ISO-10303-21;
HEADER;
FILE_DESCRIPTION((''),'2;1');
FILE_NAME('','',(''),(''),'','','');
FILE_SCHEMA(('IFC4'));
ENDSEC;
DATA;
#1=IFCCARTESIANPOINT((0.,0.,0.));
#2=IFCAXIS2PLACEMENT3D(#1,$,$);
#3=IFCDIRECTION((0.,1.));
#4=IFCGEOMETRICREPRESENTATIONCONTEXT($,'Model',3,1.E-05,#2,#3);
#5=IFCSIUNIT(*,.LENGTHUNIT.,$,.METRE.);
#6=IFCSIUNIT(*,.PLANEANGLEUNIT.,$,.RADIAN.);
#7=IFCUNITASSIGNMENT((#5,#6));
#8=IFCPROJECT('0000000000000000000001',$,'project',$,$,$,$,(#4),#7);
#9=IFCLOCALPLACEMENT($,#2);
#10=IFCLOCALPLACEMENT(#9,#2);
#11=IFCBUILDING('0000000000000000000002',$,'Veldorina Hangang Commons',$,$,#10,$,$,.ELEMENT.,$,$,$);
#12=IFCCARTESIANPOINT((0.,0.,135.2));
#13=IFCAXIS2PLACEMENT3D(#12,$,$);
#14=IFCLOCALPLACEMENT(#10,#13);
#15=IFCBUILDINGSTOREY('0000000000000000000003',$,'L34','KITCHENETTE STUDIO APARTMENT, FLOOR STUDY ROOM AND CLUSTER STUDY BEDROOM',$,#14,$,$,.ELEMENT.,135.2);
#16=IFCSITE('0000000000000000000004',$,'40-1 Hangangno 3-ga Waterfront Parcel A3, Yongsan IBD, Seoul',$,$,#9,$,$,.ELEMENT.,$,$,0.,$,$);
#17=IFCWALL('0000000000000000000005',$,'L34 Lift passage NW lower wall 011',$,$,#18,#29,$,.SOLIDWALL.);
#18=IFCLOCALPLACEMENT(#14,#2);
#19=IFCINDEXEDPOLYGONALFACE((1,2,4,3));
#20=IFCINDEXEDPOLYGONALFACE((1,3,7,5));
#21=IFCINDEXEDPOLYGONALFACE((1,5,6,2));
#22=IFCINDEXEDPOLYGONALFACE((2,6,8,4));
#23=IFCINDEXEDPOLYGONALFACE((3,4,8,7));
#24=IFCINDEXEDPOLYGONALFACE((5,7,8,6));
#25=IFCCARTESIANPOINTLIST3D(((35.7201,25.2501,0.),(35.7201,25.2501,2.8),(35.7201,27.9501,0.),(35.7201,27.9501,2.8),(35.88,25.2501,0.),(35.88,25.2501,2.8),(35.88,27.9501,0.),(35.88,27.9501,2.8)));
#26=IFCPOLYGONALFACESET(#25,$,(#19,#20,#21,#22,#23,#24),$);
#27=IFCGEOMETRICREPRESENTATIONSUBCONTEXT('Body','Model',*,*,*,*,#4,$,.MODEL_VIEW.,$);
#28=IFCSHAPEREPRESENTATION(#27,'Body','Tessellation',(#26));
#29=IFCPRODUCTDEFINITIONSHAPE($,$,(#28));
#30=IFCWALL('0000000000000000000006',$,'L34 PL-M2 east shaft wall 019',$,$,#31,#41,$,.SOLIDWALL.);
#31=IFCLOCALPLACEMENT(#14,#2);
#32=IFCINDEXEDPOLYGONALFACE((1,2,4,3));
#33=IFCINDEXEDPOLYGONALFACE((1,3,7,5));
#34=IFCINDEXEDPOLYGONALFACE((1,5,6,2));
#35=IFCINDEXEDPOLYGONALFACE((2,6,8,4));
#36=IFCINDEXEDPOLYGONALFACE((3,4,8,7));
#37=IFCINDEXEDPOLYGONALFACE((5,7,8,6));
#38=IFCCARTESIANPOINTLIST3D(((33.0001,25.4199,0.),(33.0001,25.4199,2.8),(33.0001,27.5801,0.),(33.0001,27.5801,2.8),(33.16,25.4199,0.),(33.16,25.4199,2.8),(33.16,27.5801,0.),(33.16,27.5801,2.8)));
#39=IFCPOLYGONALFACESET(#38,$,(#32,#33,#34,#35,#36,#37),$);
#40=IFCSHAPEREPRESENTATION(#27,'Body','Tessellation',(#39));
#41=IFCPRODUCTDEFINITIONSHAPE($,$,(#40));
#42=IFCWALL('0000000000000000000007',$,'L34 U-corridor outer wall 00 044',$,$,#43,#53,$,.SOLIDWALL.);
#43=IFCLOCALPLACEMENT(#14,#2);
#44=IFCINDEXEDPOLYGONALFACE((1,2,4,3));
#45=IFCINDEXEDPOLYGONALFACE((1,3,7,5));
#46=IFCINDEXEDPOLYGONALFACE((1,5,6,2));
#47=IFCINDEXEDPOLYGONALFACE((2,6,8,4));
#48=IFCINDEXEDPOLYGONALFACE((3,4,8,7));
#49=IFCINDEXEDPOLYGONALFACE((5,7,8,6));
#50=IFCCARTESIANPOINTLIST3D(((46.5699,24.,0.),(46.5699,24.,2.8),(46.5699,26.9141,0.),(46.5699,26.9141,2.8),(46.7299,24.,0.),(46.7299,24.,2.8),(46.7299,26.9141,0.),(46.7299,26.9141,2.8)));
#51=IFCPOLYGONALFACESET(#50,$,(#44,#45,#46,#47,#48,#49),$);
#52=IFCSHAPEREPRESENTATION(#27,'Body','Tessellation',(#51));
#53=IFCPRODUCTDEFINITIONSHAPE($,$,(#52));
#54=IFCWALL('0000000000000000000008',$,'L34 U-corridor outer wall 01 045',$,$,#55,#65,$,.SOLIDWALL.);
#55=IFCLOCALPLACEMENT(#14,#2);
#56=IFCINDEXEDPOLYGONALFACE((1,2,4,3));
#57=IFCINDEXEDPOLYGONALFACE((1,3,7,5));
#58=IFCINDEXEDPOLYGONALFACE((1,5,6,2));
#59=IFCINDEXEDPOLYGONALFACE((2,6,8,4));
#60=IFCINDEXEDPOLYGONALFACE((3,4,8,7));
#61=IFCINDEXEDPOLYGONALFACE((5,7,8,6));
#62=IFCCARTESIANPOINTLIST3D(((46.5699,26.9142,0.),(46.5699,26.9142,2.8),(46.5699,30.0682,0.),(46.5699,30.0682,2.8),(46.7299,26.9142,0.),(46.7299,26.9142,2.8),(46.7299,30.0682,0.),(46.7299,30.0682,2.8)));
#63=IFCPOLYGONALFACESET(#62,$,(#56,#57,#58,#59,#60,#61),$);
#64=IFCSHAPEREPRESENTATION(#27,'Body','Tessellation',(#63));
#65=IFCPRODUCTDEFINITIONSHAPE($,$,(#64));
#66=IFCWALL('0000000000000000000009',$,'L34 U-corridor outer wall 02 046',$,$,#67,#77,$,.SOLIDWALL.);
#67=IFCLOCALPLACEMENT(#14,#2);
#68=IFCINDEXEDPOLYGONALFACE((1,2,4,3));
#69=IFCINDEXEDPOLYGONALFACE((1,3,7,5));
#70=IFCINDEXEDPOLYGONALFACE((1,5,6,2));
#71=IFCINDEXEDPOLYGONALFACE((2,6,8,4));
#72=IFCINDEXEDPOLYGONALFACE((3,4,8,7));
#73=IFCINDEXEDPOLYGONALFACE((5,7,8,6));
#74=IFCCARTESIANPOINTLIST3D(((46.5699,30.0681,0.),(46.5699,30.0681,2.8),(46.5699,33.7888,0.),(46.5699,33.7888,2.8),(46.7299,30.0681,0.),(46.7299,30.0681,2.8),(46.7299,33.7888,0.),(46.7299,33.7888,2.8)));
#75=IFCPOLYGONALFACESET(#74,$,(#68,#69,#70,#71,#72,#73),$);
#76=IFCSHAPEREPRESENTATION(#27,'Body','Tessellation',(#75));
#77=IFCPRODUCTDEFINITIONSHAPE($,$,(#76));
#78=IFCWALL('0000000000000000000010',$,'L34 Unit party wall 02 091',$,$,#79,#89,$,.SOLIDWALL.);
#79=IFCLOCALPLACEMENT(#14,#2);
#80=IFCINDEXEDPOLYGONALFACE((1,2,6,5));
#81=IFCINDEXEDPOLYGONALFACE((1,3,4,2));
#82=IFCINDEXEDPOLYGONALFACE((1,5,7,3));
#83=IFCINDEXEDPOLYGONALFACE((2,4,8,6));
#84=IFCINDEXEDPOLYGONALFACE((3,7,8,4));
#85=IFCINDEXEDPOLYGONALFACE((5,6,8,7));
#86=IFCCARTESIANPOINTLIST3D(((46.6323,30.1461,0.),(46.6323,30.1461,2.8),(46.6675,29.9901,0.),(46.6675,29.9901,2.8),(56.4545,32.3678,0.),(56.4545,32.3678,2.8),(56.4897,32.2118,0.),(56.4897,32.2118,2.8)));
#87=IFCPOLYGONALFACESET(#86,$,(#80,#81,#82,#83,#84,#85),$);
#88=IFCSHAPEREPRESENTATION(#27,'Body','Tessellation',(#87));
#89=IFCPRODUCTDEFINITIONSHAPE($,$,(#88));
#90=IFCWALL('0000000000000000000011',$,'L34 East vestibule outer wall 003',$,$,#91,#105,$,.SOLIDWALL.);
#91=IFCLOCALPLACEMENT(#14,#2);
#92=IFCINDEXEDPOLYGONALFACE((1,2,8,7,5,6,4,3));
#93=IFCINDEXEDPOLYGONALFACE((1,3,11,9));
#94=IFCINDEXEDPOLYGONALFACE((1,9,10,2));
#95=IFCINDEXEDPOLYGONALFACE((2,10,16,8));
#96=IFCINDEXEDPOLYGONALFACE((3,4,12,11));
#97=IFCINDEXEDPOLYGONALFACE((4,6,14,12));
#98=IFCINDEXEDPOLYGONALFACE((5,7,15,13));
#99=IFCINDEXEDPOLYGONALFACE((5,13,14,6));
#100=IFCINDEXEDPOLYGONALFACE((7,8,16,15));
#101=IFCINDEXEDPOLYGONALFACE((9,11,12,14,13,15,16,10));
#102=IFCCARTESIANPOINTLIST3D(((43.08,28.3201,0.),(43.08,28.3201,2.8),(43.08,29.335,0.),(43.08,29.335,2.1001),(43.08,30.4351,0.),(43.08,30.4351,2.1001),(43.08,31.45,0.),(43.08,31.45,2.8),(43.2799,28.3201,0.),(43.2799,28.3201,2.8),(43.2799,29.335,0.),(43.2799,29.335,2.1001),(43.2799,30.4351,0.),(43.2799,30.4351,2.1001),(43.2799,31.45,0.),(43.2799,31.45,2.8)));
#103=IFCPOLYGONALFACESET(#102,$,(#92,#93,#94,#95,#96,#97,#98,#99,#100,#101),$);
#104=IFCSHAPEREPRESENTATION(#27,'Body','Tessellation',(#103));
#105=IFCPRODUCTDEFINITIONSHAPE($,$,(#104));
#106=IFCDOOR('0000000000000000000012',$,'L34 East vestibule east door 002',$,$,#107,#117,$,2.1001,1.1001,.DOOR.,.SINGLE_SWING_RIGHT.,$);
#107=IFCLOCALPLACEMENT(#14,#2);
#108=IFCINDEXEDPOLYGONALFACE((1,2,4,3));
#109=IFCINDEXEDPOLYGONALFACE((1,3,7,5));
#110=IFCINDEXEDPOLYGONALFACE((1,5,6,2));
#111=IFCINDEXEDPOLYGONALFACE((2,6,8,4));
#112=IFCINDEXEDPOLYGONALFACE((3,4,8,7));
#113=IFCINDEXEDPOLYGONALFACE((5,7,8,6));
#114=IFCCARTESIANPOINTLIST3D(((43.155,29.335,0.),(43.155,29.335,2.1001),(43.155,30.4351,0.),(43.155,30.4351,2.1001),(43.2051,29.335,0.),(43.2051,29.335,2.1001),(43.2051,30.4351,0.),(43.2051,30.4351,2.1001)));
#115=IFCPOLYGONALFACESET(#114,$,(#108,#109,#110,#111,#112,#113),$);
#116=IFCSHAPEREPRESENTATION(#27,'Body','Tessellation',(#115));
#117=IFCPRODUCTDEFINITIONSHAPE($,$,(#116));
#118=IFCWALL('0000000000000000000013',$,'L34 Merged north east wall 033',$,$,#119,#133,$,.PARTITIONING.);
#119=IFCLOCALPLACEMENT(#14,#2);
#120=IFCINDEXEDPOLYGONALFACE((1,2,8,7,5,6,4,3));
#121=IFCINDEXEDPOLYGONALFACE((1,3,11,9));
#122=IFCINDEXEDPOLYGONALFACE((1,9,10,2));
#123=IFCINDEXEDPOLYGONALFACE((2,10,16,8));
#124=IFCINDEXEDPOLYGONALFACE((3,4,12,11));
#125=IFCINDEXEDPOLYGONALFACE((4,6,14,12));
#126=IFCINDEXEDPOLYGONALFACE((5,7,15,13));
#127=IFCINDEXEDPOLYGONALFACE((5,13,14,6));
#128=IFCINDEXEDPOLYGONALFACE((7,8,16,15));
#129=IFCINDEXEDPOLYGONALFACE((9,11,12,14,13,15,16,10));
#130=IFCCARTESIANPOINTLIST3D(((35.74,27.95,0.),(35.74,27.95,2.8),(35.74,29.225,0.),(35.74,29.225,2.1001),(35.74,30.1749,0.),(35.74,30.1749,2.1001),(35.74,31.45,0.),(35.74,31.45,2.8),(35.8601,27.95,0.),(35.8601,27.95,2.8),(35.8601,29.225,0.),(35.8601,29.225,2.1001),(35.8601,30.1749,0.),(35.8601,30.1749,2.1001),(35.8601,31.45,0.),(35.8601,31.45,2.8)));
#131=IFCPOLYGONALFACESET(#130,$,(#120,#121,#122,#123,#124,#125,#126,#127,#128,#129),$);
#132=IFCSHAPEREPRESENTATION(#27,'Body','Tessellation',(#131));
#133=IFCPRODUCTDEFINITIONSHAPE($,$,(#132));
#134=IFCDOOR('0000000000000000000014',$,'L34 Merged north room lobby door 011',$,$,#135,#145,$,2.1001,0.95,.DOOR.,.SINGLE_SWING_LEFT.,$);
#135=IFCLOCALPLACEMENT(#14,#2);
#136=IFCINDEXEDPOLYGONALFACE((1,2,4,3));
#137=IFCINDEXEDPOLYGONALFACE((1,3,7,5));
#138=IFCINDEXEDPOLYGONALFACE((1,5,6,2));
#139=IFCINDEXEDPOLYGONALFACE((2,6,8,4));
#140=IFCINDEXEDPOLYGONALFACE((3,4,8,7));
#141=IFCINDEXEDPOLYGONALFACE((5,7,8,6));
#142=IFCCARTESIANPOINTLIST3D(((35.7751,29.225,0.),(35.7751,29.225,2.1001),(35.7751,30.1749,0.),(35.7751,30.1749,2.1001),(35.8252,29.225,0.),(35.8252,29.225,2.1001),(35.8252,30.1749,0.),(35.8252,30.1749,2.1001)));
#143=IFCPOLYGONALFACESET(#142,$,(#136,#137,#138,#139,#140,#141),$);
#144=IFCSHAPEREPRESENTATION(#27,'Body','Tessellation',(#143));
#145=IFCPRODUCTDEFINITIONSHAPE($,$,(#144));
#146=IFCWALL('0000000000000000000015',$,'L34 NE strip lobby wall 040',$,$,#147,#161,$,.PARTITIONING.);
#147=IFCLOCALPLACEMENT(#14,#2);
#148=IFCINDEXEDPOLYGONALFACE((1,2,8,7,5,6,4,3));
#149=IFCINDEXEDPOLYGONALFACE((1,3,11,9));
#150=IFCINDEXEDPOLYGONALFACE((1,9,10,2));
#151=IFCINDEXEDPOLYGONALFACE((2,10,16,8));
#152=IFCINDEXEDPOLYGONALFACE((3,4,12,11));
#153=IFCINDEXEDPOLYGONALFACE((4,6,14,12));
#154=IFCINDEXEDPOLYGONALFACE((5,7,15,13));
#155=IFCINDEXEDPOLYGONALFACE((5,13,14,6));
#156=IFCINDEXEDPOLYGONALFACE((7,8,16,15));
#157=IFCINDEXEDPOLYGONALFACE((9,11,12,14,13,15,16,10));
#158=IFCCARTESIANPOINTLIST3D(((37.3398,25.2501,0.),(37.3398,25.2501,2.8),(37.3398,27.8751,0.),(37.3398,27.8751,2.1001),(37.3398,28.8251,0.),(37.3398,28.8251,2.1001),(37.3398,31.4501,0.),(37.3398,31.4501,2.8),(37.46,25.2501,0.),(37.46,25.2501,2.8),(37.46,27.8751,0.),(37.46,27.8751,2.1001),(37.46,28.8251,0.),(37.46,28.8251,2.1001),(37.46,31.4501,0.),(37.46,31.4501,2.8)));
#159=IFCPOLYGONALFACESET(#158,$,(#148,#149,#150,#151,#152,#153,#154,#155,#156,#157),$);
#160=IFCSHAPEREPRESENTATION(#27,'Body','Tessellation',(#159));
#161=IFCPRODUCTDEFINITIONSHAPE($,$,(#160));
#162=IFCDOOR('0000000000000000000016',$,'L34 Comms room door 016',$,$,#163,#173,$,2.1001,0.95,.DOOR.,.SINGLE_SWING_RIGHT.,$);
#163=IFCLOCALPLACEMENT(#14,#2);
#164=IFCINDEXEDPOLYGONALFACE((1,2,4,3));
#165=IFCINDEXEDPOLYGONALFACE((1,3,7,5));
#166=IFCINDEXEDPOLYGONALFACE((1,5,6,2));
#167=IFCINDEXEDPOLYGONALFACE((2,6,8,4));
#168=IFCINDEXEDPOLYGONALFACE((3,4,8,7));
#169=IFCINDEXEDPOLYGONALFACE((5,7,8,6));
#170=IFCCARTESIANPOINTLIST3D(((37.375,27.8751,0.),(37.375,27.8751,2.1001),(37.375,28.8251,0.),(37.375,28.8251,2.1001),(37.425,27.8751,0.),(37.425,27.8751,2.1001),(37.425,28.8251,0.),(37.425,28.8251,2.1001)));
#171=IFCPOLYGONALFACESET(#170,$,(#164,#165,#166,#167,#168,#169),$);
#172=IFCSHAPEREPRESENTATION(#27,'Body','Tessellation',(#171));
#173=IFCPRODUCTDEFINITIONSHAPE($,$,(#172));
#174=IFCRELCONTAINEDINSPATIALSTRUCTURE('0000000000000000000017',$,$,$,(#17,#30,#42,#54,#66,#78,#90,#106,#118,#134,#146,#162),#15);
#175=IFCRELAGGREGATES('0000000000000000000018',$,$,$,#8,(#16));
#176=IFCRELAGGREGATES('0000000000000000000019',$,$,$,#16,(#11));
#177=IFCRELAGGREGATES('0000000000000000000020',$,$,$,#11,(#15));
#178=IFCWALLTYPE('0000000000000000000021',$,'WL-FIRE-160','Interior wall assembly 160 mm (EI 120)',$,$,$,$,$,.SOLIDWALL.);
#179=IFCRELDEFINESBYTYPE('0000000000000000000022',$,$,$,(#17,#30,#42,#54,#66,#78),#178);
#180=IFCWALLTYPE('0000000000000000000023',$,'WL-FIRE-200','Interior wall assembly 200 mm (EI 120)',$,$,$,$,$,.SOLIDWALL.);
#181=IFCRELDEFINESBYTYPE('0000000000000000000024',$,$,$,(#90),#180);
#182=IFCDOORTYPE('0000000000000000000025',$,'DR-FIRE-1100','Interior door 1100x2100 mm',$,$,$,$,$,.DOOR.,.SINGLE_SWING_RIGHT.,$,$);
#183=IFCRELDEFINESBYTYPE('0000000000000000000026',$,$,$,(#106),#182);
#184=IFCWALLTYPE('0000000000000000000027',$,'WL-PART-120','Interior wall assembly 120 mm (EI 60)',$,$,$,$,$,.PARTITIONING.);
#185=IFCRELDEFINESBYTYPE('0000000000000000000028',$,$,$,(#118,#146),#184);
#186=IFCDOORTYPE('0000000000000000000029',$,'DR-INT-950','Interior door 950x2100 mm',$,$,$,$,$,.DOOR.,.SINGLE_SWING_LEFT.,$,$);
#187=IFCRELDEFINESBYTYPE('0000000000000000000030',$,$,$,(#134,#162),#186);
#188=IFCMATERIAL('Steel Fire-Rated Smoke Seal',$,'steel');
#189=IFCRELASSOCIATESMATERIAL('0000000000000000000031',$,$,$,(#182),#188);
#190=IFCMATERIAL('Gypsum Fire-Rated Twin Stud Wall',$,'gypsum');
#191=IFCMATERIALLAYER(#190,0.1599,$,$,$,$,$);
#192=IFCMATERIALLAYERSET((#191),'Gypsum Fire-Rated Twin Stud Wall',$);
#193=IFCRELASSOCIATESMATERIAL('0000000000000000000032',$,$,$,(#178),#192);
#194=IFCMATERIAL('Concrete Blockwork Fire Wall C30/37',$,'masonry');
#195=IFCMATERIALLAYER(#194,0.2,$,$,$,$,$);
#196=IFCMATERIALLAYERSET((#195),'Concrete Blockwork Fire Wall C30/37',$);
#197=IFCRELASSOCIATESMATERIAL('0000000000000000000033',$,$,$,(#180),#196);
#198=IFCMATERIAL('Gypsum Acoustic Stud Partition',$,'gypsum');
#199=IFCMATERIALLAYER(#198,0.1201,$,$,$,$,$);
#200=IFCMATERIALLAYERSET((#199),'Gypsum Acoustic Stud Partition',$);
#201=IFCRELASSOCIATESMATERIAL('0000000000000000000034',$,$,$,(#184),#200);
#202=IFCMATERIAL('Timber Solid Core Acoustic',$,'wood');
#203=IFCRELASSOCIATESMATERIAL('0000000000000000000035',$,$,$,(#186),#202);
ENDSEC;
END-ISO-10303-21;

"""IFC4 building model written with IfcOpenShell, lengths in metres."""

from ifc_helpers import new_model, si_unit, direction, frame, frame_2d, origin, place, context, subcontext, project, spatial, rectangle, extrude, material, layer, layer_set, type_object, element, fill, save


model = new_model("IFC4")

# Units and contexts
model_context = context("Model", 3, precision=1e-05, world=origin(), true_north=direction((0.0, 1.0)))
body_context = subcontext(model_context, "Body", "Model", "MODEL_VIEW")
ifc_project = project(units=[si_unit("LENGTHUNIT", "METRE"), si_unit("PLANEANGLEUNIT", "RADIAN")], contexts=[model_context])

# Site, building, storey
site_placement = place(None, origin())
site = spatial("IfcSite", under=ifc_project, at=site_placement, Name="40-1 Hangangno 3-ga Waterfront Parcel A3, Yongsan IBD, Seoul", CompositionType="ELEMENT", RefElevation=0.0)
building_placement = place(site_placement, origin())
building = spatial("IfcBuilding", under=site, at=building_placement, Name="Veldorina Hangang Commons", CompositionType="ELEMENT")
storey_placement = place(building_placement, frame((0.0, 0.0, 135.2)))
storey = spatial("IfcBuildingStorey", under=building, at=storey_placement, Name="L34", Description="KITCHENETTE STUDIO APARTMENT, FLOOR STUDY ROOM AND CLUSTER STUDY BEDROOM", CompositionType="ELEMENT", Elevation=135.2)

# Shared definitions
ifc_material_1 = material(Name="Steel Fire-Rated Smoke Seal", Category="steel")
door_type_1 = type_object("IfcDoorType", Name="DR-FIRE-1100", Description="Interior door 1100x2100 mm", OperationType="SINGLE_SWING_RIGHT", PredefinedType="DOOR", material=ifc_material_1)

# Walls
ifc_material_2 = material(Name="Gypsum Fire-Rated Twin Stud Wall", Category="gypsum")
ifc_layer_1 = layer(ifc_material_2, 0.1599)
ifc_layer_set_1 = layer_set([ifc_layer_1], Name="Gypsum Fire-Rated Twin Stud Wall")
wall_type_1 = type_object("IfcWallType", Name="WL-FIRE-160", Description="Interior wall assembly 160 mm (EI 120)", PredefinedType="SOLIDWALL", material=ifc_layer_set_1)
wall_1_placement = place(storey_placement, frame((35.8, 25.25, 0.0), z_axis=(0.0, 0.0, 1.0), x_axis=(0.0, 1.0, 0.0)))
element("IfcWall", 1, at=wall_1_placement, inside=storey, type_object=wall_type_1, Name="L34 Lift passage NW lower wall 011", PredefinedType="SOLIDWALL", context=body_context, shape_type="SweptSolid", body=[
    extrude(rectangle(XDim=2.7, YDim=0.1599, at=frame_2d((1.3501, 0.0))), origin(), (0.0, 0.0, 1.0), 2.8),
])
wall_2_placement = place(storey_placement, frame((33.0801, 25.4199, 0.0), z_axis=(0.0, 0.0, 1.0), x_axis=(0.0, 1.0, 0.0)))
element("IfcWall", 2, at=wall_2_placement, inside=storey, type_object=wall_type_1, Name="L34 PL-M2 east shaft wall 019", PredefinedType="SOLIDWALL", context=body_context, shape_type="SweptSolid", body=[
    extrude(rectangle(XDim=2.1602, YDim=0.1599, at=frame_2d((1.0801, 0.0))), origin(), (0.0, 0.0, 1.0), 2.8),
])
wall_3_placement = place(storey_placement, frame((46.6499, 24.0, 0.0), z_axis=(0.0, 0.0, 1.0), x_axis=(0.0, 1.0, 0.0)))
element("IfcWall", 3, at=wall_3_placement, inside=storey, type_object=wall_type_1, Name="L34 U-corridor outer wall 00 044", PredefinedType="SOLIDWALL", context=body_context, shape_type="SweptSolid", body=[
    extrude(rectangle(XDim=2.9141, YDim=0.1599, at=frame_2d((1.457, 0.0))), origin(), (0.0, 0.0, 1.0), 2.8),
])
wall_4_placement = place(storey_placement, frame((46.6499, 26.9141, 0.0), z_axis=(0.0, 0.0, 1.0), x_axis=(0.0, 1.0, 0.0)))
element("IfcWall", 4, at=wall_4_placement, inside=storey, type_object=wall_type_1, Name="L34 U-corridor outer wall 01 045", PredefinedType="SOLIDWALL", context=body_context, shape_type="SweptSolid", body=[
    extrude(rectangle(XDim=3.1541, YDim=0.1599, at=frame_2d((1.5771, 0.0))), origin(), (0.0, 0.0, 1.0), 2.8),
])
wall_5_placement = place(storey_placement, frame((46.6499, 30.0681, 0.0), z_axis=(0.0, 0.0, 1.0), x_axis=(0.0, 1.0, 0.0)))
element("IfcWall", 5, at=wall_5_placement, inside=storey, type_object=wall_type_1, Name="L34 U-corridor outer wall 02 046", PredefinedType="SOLIDWALL", context=body_context, shape_type="SweptSolid", body=[
    extrude(rectangle(XDim=3.7207, YDim=0.1599, at=frame_2d((1.8604, 0.0))), origin(), (0.0, 0.0, 1.0), 2.8),
])
wall_6_placement = place(storey_placement, frame((46.6499, 30.0681, 0.0), z_axis=(0.0, 0.0, 1.0), x_axis=(0.975361, 0.220615, 0.0)))
element("IfcWall", 6, at=wall_6_placement, inside=storey, type_object=wall_type_1, Name="L34 Unit party wall 02 091", PredefinedType="SOLIDWALL", context=body_context, shape_type="SweptSolid", body=[
    extrude(rectangle(XDim=10.0703, YDim=0.1599, at=frame_2d((5.0352, 0.0))), origin(), (0.0, 0.0, 1.0), 2.8),
])

# Walls, openings, doors
ifc_material_3 = material(Name="Concrete Blockwork Fire Wall C30/37", Category="masonry")
ifc_layer_2 = layer(ifc_material_3, 0.2)
ifc_layer_set_2 = layer_set([ifc_layer_2], Name="Concrete Blockwork Fire Wall C30/37")
wall_type_2 = type_object("IfcWallType", Name="WL-FIRE-200", Description="Interior wall assembly 200 mm (EI 120)", PredefinedType="SOLIDWALL", material=ifc_layer_set_2)
wall_7_placement = place(storey_placement, frame((43.1799, 28.3201, 0.0), z_axis=(0.0, 0.0, 1.0), x_axis=(0.0, 1.0, 0.0)))
wall_7 = element("IfcWall", 7, at=wall_7_placement, inside=storey, type_object=wall_type_2, Name="L34 East vestibule outer wall 003", PredefinedType="SOLIDWALL", context=body_context, shape_type="SweptSolid", body=[
    extrude(rectangle(XDim=3.1299, YDim=0.2, at=frame_2d((1.5649, 0.0))), origin(), (0.0, 0.0, 1.0), 2.8),
])
opening_1_placement = place(wall_7_placement, frame((1.0149, 0.0, 0.0)))
opening_1 = element("IfcOpeningElement", 8, at=opening_1_placement, cuts=wall_7, PredefinedType="OPENING", context=body_context, shape_type="SweptSolid", body=[
    extrude(rectangle(XDim=1.1001, YDim=2.1001, at=frame_2d((0.55, 1.05))), frame((0.0, 0.1099, 0.0), z_axis=(0.0, -1.0, 0.0), x_axis=(1.0, 0.0, 0.0)), (0.0, 0.0, 1.0), 0.22),
])
door_1_placement = place(opening_1_placement, origin())
door_1 = element("IfcDoor", 9, at=door_1_placement, inside=storey, type_object=door_type_1, Name="L34 East vestibule east door 002", OperationType="SINGLE_SWING_RIGHT", OverallHeight=2.1001, OverallWidth=1.1001, PredefinedType="DOOR", context=body_context, shape_type="SweptSolid", body=[
    extrude(rectangle(XDim=1.1001, YDim=2.1001, at=frame_2d((0.55, 1.05))), frame((0.0, 0.0249, 0.0), z_axis=(0.0, -1.0, 0.0), x_axis=(1.0, 0.0, 0.0)), (0.0, 0.0, 1.0), 0.05),
])
fill(opening_1, door_1)
ifc_material_4 = material(Name="Gypsum Acoustic Stud Partition", Category="gypsum")
ifc_layer_3 = layer(ifc_material_4, 0.1201)
ifc_layer_set_3 = layer_set([ifc_layer_3], Name="Gypsum Acoustic Stud Partition")
wall_type_3 = type_object("IfcWallType", Name="WL-PART-120", Description="Interior wall assembly 120 mm (EI 60)", PredefinedType="PARTITIONING", material=ifc_layer_set_3)
wall_8_placement = place(storey_placement, frame((35.8, 27.95, 0.0), z_axis=(0.0, 0.0, 1.0), x_axis=(0.0, 1.0, 0.0)))
wall_8 = element("IfcWall", 10, at=wall_8_placement, inside=storey, type_object=wall_type_3, Name="L34 Merged north east wall 033", PredefinedType="PARTITIONING", context=body_context, shape_type="SweptSolid", body=[
    extrude(rectangle(XDim=3.5, YDim=0.1201, at=frame_2d((1.75, 0.0))), origin(), (0.0, 0.0, 1.0), 2.8),
])
opening_2_placement = place(wall_8_placement, frame((1.2749, 0.0, 0.0)))
opening_2 = element("IfcOpeningElement", 11, at=opening_2_placement, cuts=wall_8, PredefinedType="OPENING", context=body_context, shape_type="SweptSolid", body=[
    extrude(rectangle(XDim=0.95, YDim=2.1001, at=frame_2d((0.4751, 1.05))), frame((0.0, 0.0701, 0.0), z_axis=(0.0, -1.0, 0.0), x_axis=(1.0, 0.0, 0.0)), (0.0, 0.0, 1.0), 0.1401),
])
ifc_material_5 = material(Name="Timber Solid Core Acoustic", Category="wood")
door_type_2 = type_object("IfcDoorType", Name="DR-INT-950", Description="Interior door 950x2100 mm", OperationType="SINGLE_SWING_LEFT", PredefinedType="DOOR", material=ifc_material_5)
door_2_placement = place(opening_2_placement, origin())
door_2 = element("IfcDoor", 12, at=door_2_placement, inside=storey, type_object=door_type_2, Name="L34 Merged north room lobby door 011", OperationType="SINGLE_SWING_LEFT", OverallHeight=2.1001, OverallWidth=0.95, PredefinedType="DOOR", context=body_context, shape_type="SweptSolid", body=[
    extrude(rectangle(XDim=0.95, YDim=2.1001, at=frame_2d((0.4751, 1.05))), frame((0.0, 0.0249, 0.0), z_axis=(0.0, -1.0, 0.0), x_axis=(1.0, 0.0, 0.0)), (0.0, 0.0, 1.0), 0.05),
])
fill(opening_2, door_2)
wall_9_placement = place(storey_placement, frame((37.3999, 25.25, 0.0), z_axis=(0.0, 0.0, 1.0), x_axis=(0.0, 1.0, 0.0)))
wall_9 = element("IfcWall", 13, at=wall_9_placement, inside=storey, type_object=wall_type_3, Name="L34 NE strip lobby wall 040", PredefinedType="PARTITIONING", context=body_context, shape_type="SweptSolid", body=[
    extrude(rectangle(XDim=6.2, YDim=0.1201, at=frame_2d((3.1001, 0.0))), origin(), (0.0, 0.0, 1.0), 2.8),
])
opening_3_placement = place(wall_9_placement, frame((2.625, 0.0, 0.0)))
opening_3 = element("IfcOpeningElement", 14, at=opening_3_placement, cuts=wall_9, PredefinedType="OPENING", context=body_context, shape_type="SweptSolid", body=[
    extrude(rectangle(XDim=0.95, YDim=2.1001, at=frame_2d((0.4751, 1.05))), frame((0.0, 0.0701, 0.0), z_axis=(0.0, -1.0, 0.0), x_axis=(1.0, 0.0, 0.0)), (0.0, 0.0, 1.0), 0.1401),
])
door_3_placement = place(opening_3_placement, origin())
door_3 = element("IfcDoor", 15, at=door_3_placement, inside=storey, type_object=door_type_2, Name="L34 Comms room door 016", OperationType="SINGLE_SWING_RIGHT", OverallHeight=2.1001, OverallWidth=0.95, PredefinedType="DOOR", context=body_context, shape_type="SweptSolid", body=[
    extrude(rectangle(XDim=0.95, YDim=2.1001, at=frame_2d((0.4751, 1.05))), frame((0.0, 0.0249, 0.0), z_axis=(0.0, -1.0, 0.0), x_axis=(1.0, 0.0, 0.0)), (0.0, 0.0, 1.0), 0.05),
])
fill(opening_3, door_3)

save(model, "model.ifc")
